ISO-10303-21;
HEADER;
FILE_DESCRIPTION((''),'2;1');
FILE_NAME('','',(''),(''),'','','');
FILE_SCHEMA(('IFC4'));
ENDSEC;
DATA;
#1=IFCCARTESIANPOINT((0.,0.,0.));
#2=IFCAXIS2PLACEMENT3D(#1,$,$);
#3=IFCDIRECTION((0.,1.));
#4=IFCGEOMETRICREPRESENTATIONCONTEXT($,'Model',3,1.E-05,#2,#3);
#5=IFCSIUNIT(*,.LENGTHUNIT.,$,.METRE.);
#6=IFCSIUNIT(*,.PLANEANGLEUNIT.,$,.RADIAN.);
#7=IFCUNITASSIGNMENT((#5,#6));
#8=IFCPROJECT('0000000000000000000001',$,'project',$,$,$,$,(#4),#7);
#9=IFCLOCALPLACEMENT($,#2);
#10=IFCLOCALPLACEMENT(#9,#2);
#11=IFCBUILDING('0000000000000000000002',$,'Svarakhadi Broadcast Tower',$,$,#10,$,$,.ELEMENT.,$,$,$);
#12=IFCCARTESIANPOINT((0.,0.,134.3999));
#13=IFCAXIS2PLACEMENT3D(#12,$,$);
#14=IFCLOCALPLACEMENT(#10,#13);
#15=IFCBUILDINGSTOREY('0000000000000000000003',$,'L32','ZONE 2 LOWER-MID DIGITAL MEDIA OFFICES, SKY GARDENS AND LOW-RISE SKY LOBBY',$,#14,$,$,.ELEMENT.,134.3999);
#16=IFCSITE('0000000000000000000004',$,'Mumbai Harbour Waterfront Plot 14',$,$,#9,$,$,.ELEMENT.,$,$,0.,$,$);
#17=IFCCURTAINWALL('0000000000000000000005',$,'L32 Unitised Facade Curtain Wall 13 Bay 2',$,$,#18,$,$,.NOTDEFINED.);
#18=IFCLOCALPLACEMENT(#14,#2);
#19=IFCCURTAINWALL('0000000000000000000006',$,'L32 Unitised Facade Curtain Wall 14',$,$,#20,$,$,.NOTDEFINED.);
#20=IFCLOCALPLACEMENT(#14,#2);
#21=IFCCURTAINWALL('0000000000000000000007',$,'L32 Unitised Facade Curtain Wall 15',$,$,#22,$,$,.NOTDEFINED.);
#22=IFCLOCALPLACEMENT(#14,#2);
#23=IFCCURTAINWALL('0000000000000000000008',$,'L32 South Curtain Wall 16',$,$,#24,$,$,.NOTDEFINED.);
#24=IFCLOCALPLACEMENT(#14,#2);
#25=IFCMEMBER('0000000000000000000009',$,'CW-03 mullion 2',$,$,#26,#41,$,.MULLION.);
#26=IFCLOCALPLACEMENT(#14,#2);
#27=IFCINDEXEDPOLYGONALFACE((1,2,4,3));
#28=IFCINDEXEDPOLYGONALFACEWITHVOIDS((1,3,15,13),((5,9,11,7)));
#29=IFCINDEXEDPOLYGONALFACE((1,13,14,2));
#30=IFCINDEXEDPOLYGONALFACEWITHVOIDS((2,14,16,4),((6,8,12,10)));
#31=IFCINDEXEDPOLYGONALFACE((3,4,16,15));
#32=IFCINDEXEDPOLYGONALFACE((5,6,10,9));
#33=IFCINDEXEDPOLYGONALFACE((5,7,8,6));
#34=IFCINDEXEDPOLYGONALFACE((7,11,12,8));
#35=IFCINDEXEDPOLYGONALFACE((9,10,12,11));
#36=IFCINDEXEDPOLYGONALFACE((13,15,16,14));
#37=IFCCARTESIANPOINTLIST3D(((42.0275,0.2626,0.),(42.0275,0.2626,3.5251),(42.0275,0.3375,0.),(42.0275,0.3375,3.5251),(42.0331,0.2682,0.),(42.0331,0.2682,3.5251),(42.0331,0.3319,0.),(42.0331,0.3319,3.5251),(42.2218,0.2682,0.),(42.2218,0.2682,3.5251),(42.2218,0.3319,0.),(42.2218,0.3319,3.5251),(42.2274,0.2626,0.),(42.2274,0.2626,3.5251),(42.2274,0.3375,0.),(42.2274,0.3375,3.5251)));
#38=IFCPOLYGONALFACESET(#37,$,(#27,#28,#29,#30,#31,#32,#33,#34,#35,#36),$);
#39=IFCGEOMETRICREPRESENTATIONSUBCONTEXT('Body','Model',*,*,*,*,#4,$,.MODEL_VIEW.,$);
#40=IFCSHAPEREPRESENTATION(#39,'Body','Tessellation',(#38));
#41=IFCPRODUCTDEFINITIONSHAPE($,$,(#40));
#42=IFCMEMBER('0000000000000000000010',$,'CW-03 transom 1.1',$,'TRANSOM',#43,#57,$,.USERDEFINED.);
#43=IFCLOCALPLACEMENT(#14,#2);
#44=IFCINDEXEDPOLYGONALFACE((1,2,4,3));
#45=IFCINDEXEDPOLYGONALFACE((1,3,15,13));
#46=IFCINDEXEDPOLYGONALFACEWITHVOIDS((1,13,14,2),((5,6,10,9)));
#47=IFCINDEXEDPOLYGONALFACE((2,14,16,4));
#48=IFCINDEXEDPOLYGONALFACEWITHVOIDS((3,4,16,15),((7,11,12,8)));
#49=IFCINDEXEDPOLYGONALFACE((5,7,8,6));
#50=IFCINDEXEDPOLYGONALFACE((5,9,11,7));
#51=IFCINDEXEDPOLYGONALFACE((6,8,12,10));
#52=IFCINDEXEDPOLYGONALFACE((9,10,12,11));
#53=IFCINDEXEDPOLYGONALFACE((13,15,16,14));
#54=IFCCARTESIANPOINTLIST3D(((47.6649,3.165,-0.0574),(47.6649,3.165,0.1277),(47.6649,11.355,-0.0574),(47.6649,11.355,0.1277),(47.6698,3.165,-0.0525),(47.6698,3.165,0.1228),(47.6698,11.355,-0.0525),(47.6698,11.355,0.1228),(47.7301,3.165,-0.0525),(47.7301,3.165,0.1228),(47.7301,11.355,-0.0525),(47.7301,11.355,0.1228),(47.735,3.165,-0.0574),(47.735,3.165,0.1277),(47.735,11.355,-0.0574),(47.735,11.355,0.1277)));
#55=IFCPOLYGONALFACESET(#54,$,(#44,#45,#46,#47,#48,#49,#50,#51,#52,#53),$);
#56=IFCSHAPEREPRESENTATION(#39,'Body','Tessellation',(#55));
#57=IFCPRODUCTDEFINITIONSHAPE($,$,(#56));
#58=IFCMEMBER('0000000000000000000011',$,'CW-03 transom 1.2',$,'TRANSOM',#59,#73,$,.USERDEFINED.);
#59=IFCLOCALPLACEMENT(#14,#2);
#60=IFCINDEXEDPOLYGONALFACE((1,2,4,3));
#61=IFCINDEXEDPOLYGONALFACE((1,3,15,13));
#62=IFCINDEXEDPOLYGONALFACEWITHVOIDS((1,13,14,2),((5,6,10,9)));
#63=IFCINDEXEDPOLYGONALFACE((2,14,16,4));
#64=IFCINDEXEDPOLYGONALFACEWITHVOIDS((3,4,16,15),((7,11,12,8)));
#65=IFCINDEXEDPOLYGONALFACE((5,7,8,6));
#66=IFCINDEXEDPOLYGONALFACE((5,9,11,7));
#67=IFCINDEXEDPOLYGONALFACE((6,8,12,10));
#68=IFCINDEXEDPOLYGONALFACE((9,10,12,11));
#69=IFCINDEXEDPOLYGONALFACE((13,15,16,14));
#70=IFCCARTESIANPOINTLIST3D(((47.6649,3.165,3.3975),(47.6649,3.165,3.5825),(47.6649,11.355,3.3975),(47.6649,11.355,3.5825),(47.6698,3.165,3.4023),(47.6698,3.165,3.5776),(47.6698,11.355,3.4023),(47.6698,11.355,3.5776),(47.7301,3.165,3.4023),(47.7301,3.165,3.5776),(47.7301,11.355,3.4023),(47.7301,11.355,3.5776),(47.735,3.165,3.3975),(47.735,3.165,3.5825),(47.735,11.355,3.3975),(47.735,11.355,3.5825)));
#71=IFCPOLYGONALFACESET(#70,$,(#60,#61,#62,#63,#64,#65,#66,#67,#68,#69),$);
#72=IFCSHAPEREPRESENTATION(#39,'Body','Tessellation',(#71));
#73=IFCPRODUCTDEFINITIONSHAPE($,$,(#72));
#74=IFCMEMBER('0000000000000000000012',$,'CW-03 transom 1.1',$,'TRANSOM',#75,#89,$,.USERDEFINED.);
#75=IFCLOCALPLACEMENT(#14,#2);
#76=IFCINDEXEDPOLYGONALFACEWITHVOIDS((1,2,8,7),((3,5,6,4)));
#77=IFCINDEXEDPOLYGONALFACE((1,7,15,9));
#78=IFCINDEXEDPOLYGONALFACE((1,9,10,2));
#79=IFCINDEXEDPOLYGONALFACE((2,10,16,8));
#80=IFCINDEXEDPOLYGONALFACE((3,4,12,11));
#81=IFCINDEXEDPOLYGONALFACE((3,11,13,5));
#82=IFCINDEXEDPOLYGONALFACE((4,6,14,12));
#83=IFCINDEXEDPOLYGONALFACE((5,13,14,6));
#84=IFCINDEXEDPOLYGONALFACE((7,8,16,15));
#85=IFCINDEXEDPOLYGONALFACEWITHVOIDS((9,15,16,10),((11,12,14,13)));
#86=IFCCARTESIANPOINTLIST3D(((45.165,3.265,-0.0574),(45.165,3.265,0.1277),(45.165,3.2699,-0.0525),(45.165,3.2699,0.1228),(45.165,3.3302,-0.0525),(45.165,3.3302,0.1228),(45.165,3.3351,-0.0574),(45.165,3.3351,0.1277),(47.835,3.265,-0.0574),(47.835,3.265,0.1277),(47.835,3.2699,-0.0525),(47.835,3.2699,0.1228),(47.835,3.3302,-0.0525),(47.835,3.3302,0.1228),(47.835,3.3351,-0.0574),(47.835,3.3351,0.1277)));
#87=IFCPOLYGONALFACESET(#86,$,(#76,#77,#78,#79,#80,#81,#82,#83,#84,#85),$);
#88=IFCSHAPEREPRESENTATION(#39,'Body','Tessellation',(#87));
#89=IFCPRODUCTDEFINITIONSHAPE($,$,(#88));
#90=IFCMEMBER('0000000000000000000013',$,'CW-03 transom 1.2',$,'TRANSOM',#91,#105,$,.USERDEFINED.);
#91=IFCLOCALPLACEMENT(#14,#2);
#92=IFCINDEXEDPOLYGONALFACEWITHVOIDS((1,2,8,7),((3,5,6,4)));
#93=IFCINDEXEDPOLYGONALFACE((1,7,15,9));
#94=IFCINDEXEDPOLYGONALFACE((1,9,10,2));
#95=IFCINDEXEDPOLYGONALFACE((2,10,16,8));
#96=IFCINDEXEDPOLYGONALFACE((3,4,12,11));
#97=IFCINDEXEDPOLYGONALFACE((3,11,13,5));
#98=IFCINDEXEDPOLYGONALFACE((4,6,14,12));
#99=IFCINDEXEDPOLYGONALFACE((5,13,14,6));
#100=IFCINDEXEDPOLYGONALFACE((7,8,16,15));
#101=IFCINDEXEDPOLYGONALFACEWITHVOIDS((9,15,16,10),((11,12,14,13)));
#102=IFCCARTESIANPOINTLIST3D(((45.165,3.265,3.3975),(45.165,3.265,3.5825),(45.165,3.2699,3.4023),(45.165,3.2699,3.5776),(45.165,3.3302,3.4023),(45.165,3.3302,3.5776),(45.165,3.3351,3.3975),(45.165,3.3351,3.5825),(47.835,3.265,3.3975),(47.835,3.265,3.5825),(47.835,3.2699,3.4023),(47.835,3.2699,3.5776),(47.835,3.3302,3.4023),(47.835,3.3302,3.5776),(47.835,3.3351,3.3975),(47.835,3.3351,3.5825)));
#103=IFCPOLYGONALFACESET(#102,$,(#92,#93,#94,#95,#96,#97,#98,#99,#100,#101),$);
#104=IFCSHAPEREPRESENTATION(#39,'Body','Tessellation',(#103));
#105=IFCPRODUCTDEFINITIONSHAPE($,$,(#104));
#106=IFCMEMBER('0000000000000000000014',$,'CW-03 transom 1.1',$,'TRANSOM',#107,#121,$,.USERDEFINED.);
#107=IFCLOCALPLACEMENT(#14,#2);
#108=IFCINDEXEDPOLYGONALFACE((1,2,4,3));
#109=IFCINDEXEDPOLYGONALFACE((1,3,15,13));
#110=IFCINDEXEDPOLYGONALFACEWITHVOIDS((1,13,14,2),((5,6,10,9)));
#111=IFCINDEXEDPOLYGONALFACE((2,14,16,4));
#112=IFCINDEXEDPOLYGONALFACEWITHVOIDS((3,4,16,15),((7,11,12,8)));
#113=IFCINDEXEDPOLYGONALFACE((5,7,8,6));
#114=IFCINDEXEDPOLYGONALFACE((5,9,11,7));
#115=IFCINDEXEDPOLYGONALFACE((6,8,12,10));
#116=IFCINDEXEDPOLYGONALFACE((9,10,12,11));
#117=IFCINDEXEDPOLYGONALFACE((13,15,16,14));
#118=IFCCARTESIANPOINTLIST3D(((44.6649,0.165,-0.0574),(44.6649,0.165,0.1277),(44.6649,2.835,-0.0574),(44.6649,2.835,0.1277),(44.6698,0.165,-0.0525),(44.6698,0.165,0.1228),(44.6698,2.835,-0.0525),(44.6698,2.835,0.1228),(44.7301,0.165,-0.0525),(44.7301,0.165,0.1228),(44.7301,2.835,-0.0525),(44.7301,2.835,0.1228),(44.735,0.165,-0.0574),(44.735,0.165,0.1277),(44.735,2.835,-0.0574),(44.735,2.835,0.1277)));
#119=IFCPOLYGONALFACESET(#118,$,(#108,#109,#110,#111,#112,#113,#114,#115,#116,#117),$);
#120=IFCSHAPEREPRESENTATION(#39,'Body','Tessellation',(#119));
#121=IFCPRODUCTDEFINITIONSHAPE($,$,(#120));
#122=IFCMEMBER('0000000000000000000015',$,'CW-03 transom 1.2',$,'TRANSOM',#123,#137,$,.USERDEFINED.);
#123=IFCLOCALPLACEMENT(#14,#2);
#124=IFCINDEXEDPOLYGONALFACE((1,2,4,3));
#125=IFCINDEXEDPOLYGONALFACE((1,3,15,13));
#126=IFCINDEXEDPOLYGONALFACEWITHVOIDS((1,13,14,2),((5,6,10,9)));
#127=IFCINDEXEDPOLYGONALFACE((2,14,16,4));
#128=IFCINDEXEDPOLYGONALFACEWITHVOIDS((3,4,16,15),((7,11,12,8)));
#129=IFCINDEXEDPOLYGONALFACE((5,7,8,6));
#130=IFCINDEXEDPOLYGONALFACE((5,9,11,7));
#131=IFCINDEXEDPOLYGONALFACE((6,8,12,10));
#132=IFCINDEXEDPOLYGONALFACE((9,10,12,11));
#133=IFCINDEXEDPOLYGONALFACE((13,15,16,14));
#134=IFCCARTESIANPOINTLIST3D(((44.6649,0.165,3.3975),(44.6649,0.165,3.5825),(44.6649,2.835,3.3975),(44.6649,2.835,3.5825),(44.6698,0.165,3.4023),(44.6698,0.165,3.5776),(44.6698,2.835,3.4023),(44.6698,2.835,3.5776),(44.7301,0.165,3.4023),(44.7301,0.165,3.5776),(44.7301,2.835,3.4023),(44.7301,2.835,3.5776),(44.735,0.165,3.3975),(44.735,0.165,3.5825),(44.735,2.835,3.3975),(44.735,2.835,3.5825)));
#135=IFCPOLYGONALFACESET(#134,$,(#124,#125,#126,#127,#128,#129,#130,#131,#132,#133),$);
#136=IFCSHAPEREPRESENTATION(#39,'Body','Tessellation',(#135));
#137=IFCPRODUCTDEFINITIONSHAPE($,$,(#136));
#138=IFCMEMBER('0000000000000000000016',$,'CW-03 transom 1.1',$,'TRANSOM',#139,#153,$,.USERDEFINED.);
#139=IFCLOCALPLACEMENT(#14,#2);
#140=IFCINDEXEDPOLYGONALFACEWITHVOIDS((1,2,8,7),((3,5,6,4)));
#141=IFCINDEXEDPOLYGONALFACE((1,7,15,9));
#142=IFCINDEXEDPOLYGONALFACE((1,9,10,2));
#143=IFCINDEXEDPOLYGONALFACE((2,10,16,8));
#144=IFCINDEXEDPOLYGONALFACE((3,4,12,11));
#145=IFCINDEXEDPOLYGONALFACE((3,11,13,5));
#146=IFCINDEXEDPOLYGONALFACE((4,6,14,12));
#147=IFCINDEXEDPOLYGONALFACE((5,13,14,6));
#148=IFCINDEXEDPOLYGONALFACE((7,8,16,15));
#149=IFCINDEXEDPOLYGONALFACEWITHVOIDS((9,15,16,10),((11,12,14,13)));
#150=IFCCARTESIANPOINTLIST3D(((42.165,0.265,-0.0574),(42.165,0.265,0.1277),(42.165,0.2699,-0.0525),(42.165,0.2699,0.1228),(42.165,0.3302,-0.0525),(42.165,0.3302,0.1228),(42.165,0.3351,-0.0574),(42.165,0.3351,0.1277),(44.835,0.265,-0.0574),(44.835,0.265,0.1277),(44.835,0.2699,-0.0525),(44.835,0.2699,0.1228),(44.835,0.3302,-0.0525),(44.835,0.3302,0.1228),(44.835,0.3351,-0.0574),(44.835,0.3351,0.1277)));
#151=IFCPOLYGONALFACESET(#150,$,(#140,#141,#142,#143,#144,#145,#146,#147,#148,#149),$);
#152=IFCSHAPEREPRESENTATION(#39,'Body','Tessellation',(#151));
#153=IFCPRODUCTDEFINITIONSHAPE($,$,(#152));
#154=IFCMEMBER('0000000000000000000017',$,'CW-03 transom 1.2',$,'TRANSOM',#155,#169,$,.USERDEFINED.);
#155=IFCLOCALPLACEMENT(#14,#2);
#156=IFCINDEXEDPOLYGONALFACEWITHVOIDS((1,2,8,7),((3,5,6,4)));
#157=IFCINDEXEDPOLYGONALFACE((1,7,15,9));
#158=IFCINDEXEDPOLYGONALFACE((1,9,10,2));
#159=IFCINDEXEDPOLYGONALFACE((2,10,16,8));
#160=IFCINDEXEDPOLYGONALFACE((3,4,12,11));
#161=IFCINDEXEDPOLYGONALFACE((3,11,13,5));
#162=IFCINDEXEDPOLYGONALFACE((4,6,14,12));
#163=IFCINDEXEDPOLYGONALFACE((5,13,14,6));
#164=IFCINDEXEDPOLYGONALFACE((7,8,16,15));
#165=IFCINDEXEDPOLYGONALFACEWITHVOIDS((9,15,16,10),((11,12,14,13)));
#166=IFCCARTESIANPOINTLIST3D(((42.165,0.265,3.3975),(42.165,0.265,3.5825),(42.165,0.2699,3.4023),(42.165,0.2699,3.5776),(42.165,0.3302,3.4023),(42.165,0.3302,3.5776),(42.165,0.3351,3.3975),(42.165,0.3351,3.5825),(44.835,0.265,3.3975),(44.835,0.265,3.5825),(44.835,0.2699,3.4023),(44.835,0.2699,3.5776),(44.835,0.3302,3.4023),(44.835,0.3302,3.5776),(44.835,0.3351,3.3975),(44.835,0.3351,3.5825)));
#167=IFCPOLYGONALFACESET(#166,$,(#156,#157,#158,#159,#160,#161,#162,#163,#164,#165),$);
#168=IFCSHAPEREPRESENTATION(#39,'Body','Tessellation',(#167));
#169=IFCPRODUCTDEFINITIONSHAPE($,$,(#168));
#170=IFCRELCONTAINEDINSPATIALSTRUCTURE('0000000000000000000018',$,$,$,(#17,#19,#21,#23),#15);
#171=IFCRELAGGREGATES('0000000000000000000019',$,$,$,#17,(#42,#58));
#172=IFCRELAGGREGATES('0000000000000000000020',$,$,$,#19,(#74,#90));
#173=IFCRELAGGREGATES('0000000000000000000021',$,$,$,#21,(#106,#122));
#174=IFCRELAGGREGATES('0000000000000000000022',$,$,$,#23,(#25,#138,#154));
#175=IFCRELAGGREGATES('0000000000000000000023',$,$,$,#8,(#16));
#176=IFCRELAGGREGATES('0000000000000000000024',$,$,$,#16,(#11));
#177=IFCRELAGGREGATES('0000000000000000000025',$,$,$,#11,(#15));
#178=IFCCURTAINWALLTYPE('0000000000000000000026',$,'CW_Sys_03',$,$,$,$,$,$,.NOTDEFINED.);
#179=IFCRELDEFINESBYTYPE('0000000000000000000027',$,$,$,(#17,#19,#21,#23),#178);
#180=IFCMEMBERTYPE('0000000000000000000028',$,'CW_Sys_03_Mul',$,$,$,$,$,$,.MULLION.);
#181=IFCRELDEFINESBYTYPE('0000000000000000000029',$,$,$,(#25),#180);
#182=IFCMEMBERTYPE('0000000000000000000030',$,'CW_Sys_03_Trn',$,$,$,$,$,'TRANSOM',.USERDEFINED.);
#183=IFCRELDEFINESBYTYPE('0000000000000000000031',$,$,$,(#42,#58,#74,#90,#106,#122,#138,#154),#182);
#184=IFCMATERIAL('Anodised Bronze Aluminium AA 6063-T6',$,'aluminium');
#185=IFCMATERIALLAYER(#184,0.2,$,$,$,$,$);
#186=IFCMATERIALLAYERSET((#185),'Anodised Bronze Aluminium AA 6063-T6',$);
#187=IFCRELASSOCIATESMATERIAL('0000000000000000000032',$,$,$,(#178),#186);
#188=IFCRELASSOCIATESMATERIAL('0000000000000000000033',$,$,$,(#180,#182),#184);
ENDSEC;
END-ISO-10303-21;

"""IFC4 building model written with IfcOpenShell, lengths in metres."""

from ifc_helpers import new_model, si_unit, direction, frame, origin, origin_2d, place, context, subcontext, project, spatial, hollow_rectangle, extrude, material, layer, layer_set, material_profile, profile_set, type_object, element, aggregate, save


model = new_model("IFC4")

# Units and contexts
model_context = context("Model", 3, precision=1e-05, world=origin(), true_north=direction((0.0, 1.0)))
body_context = subcontext(model_context, "Body", "Model", "MODEL_VIEW")
ifc_project = project(units=[si_unit("LENGTHUNIT", "METRE"), si_unit("PLANEANGLEUNIT", "RADIAN")], contexts=[model_context])

# Site, building, storey
site_placement = place(None, origin())
site = spatial("IfcSite", under=ifc_project, at=site_placement, Name="Mumbai Harbour Waterfront Plot 14", CompositionType="ELEMENT", RefElevation=0.0)
building_placement = place(site_placement, origin())
building = spatial("IfcBuilding", under=site, at=building_placement, Name="Svarakhadi Broadcast Tower", CompositionType="ELEMENT")
storey_placement = place(building_placement, frame((0.0, 0.0, 134.3999)))
storey = spatial("IfcBuildingStorey", under=building, at=storey_placement, Name="L32", Description="ZONE 2 LOWER-MID DIGITAL MEDIA OFFICES, SKY GARDENS AND LOW-RISE SKY LOBBY", CompositionType="ELEMENT", Elevation=134.3999)

# Curtain walls, member
ifc_material_1 = material(Name="Anodised Bronze Aluminium AA 6063-T6", Category="aluminium")
ifc_layer_1 = layer(ifc_material_1, 0.2)
ifc_layer_set_1 = layer_set([ifc_layer_1], Name="Anodised Bronze Aluminium AA 6063-T6")
curtain_wall_type = type_object("IfcCurtainWallType", Name="CW_Sys_03", PredefinedType="NOTDEFINED", material=ifc_layer_set_1)
curtain_wall_1_placement = place(storey_placement, origin())
curtain_wall_1 = element("IfcCurtainWall", 1, at=curtain_wall_1_placement, inside=storey, type_object=curtain_wall_type, Name="L32 Unitised Facade Curtain Wall 13 Bay 2", PredefinedType="NOTDEFINED")
ifc_material_profile_1 = material_profile(ifc_material_1, hollow_rectangle(XDim=0.075, YDim=0.2, WallThickness=0.0056, at=origin_2d()), Name="ALU MULLION 200x75x6")
ifc_profile_set_1 = profile_set([ifc_material_profile_1], Name="Anodised Bronze Aluminium AA 6063-T6")
member_type_1 = type_object("IfcMemberType", Name="CW_Sys_03_Mul", PredefinedType="MULLION", material=ifc_profile_set_1)
curtain_wall_2_placement = place(storey_placement, origin())
curtain_wall_2 = element("IfcCurtainWall", 2, at=curtain_wall_2_placement, inside=storey, type_object=curtain_wall_type, Name="L32 Unitised Facade Curtain Wall 14", PredefinedType="NOTDEFINED")
curtain_wall_3_placement = place(storey_placement, origin())
curtain_wall_3 = element("IfcCurtainWall", 3, at=curtain_wall_3_placement, inside=storey, type_object=curtain_wall_type, Name="L32 Unitised Facade Curtain Wall 15", PredefinedType="NOTDEFINED")
curtain_wall_4_placement = place(storey_placement, origin())
curtain_wall_4 = element("IfcCurtainWall", 4, at=curtain_wall_4_placement, inside=storey, type_object=curtain_wall_type, Name="L32 South Curtain Wall 16", PredefinedType="NOTDEFINED")
member_1_placement = place(storey_placement, frame((42.1274, 0.3, 0.0), z_axis=(0.0, 0.0, 1.0), x_axis=(0.0, -1.0, 0.0)))
member_1 = element("IfcMember", 5, at=member_1_placement, type_object=member_type_1, Name="CW-03 mullion 2", PredefinedType="MULLION", context=body_context, shape_type="SweptSolid", body=[
    extrude(hollow_rectangle(XDim=0.075, YDim=0.2, WallThickness=0.0056, at=origin_2d()), origin(), (0.0, 0.0, 1.0), 3.5251),
])

# Members
ifc_material_profile_2 = material_profile(ifc_material_1, hollow_rectangle(XDim=0.0701, YDim=0.1851, WallThickness=0.0049, at=origin_2d()), Name="ALU TRANSOM 185x70x5")
ifc_profile_set_2 = profile_set([ifc_material_profile_2], Name="Anodised Bronze Aluminium AA 6063-T6")
member_type_2 = type_object("IfcMemberType", Name="CW_Sys_03_Trn", ElementType="TRANSOM", PredefinedType="USERDEFINED", material=ifc_profile_set_2)
member_2_placement = place(storey_placement, frame((47.7, 11.355, 0.0352), z_axis=(0.0, -1.0, 0.0), x_axis=(1.0, 0.0, 0.0)))
member_2 = element("IfcMember", 6, at=member_2_placement, type_object=member_type_2, Name="CW-03 transom 1.1", ObjectType="TRANSOM", PredefinedType="USERDEFINED", context=body_context, shape_type="SweptSolid", body=[
    extrude(hollow_rectangle(XDim=0.0701, YDim=0.1851, WallThickness=0.0049, at=origin_2d()), origin(), (0.0, 0.0, 1.0), 8.1899),
])
member_3_placement = place(storey_placement, frame((47.7, 11.355, 3.49), z_axis=(0.0, -1.0, 0.0), x_axis=(1.0, 0.0, 0.0)))
member_3 = element("IfcMember", 7, at=member_3_placement, type_object=member_type_2, Name="CW-03 transom 1.2", ObjectType="TRANSOM", PredefinedType="USERDEFINED", context=body_context, shape_type="SweptSolid", body=[
    extrude(hollow_rectangle(XDim=0.0701, YDim=0.1851, WallThickness=0.0049, at=origin_2d()), origin(), (0.0, 0.0, 1.0), 8.1899),
])
member_4_placement = place(storey_placement, frame((47.835, 3.3, 0.0352), z_axis=(-1.0, 0.0, 0.0), x_axis=(0.0, -1.0, 0.0)))
member_4 = element("IfcMember", 8, at=member_4_placement, type_object=member_type_2, Name="CW-03 transom 1.1", ObjectType="TRANSOM", PredefinedType="USERDEFINED", context=body_context, shape_type="SweptSolid", body=[
    extrude(hollow_rectangle(XDim=0.0701, YDim=0.1851, WallThickness=0.0049, at=origin_2d()), origin(), (0.0, 0.0, 1.0), 2.6699),
])
member_5_placement = place(storey_placement, frame((47.835, 3.3, 3.49), z_axis=(-1.0, 0.0, 0.0), x_axis=(0.0, -1.0, 0.0)))
member_5 = element("IfcMember", 9, at=member_5_placement, type_object=member_type_2, Name="CW-03 transom 1.2", ObjectType="TRANSOM", PredefinedType="USERDEFINED", context=body_context, shape_type="SweptSolid", body=[
    extrude(hollow_rectangle(XDim=0.0701, YDim=0.1851, WallThickness=0.0049, at=origin_2d()), origin(), (0.0, 0.0, 1.0), 2.6699),
])
member_6_placement = place(storey_placement, frame((44.7, 2.835, 0.0352), z_axis=(0.0, -1.0, 0.0), x_axis=(1.0, 0.0, 0.0)))
member_6 = element("IfcMember", 10, at=member_6_placement, type_object=member_type_2, Name="CW-03 transom 1.1", ObjectType="TRANSOM", PredefinedType="USERDEFINED", context=body_context, shape_type="SweptSolid", body=[
    extrude(hollow_rectangle(XDim=0.0701, YDim=0.1851, WallThickness=0.0049, at=origin_2d()), origin(), (0.0, 0.0, 1.0), 2.6699),
])
member_7_placement = place(storey_placement, frame((44.7, 2.835, 3.49), z_axis=(0.0, -1.0, 0.0), x_axis=(1.0, 0.0, 0.0)))
member_7 = element("IfcMember", 11, at=member_7_placement, type_object=member_type_2, Name="CW-03 transom 1.2", ObjectType="TRANSOM", PredefinedType="USERDEFINED", context=body_context, shape_type="SweptSolid", body=[
    extrude(hollow_rectangle(XDim=0.0701, YDim=0.1851, WallThickness=0.0049, at=origin_2d()), origin(), (0.0, 0.0, 1.0), 2.6699),
])
member_8_placement = place(storey_placement, frame((44.835, 0.3, 0.0352), z_axis=(-1.0, 0.0, 0.0), x_axis=(0.0, -1.0, 0.0)))
member_8 = element("IfcMember", 12, at=member_8_placement, type_object=member_type_2, Name="CW-03 transom 1.1", ObjectType="TRANSOM", PredefinedType="USERDEFINED", context=body_context, shape_type="SweptSolid", body=[
    extrude(hollow_rectangle(XDim=0.0701, YDim=0.1851, WallThickness=0.0049, at=origin_2d()), origin(), (0.0, 0.0, 1.0), 2.6699),
])
member_9_placement = place(storey_placement, frame((44.835, 0.3, 3.49), z_axis=(-1.0, 0.0, 0.0), x_axis=(0.0, -1.0, 0.0)))
member_9 = element("IfcMember", 13, at=member_9_placement, type_object=member_type_2, Name="CW-03 transom 1.2", ObjectType="TRANSOM", PredefinedType="USERDEFINED", context=body_context, shape_type="SweptSolid", body=[
    extrude(hollow_rectangle(XDim=0.0701, YDim=0.1851, WallThickness=0.0049, at=origin_2d()), origin(), (0.0, 0.0, 1.0), 2.6699),
])

aggregate(curtain_wall_1, [member_2, member_3])
aggregate(curtain_wall_2, [member_4, member_5])
aggregate(curtain_wall_3, [member_6, member_7])
aggregate(curtain_wall_4, [member_1, member_8, member_9])

save(model, "model.ifc")
